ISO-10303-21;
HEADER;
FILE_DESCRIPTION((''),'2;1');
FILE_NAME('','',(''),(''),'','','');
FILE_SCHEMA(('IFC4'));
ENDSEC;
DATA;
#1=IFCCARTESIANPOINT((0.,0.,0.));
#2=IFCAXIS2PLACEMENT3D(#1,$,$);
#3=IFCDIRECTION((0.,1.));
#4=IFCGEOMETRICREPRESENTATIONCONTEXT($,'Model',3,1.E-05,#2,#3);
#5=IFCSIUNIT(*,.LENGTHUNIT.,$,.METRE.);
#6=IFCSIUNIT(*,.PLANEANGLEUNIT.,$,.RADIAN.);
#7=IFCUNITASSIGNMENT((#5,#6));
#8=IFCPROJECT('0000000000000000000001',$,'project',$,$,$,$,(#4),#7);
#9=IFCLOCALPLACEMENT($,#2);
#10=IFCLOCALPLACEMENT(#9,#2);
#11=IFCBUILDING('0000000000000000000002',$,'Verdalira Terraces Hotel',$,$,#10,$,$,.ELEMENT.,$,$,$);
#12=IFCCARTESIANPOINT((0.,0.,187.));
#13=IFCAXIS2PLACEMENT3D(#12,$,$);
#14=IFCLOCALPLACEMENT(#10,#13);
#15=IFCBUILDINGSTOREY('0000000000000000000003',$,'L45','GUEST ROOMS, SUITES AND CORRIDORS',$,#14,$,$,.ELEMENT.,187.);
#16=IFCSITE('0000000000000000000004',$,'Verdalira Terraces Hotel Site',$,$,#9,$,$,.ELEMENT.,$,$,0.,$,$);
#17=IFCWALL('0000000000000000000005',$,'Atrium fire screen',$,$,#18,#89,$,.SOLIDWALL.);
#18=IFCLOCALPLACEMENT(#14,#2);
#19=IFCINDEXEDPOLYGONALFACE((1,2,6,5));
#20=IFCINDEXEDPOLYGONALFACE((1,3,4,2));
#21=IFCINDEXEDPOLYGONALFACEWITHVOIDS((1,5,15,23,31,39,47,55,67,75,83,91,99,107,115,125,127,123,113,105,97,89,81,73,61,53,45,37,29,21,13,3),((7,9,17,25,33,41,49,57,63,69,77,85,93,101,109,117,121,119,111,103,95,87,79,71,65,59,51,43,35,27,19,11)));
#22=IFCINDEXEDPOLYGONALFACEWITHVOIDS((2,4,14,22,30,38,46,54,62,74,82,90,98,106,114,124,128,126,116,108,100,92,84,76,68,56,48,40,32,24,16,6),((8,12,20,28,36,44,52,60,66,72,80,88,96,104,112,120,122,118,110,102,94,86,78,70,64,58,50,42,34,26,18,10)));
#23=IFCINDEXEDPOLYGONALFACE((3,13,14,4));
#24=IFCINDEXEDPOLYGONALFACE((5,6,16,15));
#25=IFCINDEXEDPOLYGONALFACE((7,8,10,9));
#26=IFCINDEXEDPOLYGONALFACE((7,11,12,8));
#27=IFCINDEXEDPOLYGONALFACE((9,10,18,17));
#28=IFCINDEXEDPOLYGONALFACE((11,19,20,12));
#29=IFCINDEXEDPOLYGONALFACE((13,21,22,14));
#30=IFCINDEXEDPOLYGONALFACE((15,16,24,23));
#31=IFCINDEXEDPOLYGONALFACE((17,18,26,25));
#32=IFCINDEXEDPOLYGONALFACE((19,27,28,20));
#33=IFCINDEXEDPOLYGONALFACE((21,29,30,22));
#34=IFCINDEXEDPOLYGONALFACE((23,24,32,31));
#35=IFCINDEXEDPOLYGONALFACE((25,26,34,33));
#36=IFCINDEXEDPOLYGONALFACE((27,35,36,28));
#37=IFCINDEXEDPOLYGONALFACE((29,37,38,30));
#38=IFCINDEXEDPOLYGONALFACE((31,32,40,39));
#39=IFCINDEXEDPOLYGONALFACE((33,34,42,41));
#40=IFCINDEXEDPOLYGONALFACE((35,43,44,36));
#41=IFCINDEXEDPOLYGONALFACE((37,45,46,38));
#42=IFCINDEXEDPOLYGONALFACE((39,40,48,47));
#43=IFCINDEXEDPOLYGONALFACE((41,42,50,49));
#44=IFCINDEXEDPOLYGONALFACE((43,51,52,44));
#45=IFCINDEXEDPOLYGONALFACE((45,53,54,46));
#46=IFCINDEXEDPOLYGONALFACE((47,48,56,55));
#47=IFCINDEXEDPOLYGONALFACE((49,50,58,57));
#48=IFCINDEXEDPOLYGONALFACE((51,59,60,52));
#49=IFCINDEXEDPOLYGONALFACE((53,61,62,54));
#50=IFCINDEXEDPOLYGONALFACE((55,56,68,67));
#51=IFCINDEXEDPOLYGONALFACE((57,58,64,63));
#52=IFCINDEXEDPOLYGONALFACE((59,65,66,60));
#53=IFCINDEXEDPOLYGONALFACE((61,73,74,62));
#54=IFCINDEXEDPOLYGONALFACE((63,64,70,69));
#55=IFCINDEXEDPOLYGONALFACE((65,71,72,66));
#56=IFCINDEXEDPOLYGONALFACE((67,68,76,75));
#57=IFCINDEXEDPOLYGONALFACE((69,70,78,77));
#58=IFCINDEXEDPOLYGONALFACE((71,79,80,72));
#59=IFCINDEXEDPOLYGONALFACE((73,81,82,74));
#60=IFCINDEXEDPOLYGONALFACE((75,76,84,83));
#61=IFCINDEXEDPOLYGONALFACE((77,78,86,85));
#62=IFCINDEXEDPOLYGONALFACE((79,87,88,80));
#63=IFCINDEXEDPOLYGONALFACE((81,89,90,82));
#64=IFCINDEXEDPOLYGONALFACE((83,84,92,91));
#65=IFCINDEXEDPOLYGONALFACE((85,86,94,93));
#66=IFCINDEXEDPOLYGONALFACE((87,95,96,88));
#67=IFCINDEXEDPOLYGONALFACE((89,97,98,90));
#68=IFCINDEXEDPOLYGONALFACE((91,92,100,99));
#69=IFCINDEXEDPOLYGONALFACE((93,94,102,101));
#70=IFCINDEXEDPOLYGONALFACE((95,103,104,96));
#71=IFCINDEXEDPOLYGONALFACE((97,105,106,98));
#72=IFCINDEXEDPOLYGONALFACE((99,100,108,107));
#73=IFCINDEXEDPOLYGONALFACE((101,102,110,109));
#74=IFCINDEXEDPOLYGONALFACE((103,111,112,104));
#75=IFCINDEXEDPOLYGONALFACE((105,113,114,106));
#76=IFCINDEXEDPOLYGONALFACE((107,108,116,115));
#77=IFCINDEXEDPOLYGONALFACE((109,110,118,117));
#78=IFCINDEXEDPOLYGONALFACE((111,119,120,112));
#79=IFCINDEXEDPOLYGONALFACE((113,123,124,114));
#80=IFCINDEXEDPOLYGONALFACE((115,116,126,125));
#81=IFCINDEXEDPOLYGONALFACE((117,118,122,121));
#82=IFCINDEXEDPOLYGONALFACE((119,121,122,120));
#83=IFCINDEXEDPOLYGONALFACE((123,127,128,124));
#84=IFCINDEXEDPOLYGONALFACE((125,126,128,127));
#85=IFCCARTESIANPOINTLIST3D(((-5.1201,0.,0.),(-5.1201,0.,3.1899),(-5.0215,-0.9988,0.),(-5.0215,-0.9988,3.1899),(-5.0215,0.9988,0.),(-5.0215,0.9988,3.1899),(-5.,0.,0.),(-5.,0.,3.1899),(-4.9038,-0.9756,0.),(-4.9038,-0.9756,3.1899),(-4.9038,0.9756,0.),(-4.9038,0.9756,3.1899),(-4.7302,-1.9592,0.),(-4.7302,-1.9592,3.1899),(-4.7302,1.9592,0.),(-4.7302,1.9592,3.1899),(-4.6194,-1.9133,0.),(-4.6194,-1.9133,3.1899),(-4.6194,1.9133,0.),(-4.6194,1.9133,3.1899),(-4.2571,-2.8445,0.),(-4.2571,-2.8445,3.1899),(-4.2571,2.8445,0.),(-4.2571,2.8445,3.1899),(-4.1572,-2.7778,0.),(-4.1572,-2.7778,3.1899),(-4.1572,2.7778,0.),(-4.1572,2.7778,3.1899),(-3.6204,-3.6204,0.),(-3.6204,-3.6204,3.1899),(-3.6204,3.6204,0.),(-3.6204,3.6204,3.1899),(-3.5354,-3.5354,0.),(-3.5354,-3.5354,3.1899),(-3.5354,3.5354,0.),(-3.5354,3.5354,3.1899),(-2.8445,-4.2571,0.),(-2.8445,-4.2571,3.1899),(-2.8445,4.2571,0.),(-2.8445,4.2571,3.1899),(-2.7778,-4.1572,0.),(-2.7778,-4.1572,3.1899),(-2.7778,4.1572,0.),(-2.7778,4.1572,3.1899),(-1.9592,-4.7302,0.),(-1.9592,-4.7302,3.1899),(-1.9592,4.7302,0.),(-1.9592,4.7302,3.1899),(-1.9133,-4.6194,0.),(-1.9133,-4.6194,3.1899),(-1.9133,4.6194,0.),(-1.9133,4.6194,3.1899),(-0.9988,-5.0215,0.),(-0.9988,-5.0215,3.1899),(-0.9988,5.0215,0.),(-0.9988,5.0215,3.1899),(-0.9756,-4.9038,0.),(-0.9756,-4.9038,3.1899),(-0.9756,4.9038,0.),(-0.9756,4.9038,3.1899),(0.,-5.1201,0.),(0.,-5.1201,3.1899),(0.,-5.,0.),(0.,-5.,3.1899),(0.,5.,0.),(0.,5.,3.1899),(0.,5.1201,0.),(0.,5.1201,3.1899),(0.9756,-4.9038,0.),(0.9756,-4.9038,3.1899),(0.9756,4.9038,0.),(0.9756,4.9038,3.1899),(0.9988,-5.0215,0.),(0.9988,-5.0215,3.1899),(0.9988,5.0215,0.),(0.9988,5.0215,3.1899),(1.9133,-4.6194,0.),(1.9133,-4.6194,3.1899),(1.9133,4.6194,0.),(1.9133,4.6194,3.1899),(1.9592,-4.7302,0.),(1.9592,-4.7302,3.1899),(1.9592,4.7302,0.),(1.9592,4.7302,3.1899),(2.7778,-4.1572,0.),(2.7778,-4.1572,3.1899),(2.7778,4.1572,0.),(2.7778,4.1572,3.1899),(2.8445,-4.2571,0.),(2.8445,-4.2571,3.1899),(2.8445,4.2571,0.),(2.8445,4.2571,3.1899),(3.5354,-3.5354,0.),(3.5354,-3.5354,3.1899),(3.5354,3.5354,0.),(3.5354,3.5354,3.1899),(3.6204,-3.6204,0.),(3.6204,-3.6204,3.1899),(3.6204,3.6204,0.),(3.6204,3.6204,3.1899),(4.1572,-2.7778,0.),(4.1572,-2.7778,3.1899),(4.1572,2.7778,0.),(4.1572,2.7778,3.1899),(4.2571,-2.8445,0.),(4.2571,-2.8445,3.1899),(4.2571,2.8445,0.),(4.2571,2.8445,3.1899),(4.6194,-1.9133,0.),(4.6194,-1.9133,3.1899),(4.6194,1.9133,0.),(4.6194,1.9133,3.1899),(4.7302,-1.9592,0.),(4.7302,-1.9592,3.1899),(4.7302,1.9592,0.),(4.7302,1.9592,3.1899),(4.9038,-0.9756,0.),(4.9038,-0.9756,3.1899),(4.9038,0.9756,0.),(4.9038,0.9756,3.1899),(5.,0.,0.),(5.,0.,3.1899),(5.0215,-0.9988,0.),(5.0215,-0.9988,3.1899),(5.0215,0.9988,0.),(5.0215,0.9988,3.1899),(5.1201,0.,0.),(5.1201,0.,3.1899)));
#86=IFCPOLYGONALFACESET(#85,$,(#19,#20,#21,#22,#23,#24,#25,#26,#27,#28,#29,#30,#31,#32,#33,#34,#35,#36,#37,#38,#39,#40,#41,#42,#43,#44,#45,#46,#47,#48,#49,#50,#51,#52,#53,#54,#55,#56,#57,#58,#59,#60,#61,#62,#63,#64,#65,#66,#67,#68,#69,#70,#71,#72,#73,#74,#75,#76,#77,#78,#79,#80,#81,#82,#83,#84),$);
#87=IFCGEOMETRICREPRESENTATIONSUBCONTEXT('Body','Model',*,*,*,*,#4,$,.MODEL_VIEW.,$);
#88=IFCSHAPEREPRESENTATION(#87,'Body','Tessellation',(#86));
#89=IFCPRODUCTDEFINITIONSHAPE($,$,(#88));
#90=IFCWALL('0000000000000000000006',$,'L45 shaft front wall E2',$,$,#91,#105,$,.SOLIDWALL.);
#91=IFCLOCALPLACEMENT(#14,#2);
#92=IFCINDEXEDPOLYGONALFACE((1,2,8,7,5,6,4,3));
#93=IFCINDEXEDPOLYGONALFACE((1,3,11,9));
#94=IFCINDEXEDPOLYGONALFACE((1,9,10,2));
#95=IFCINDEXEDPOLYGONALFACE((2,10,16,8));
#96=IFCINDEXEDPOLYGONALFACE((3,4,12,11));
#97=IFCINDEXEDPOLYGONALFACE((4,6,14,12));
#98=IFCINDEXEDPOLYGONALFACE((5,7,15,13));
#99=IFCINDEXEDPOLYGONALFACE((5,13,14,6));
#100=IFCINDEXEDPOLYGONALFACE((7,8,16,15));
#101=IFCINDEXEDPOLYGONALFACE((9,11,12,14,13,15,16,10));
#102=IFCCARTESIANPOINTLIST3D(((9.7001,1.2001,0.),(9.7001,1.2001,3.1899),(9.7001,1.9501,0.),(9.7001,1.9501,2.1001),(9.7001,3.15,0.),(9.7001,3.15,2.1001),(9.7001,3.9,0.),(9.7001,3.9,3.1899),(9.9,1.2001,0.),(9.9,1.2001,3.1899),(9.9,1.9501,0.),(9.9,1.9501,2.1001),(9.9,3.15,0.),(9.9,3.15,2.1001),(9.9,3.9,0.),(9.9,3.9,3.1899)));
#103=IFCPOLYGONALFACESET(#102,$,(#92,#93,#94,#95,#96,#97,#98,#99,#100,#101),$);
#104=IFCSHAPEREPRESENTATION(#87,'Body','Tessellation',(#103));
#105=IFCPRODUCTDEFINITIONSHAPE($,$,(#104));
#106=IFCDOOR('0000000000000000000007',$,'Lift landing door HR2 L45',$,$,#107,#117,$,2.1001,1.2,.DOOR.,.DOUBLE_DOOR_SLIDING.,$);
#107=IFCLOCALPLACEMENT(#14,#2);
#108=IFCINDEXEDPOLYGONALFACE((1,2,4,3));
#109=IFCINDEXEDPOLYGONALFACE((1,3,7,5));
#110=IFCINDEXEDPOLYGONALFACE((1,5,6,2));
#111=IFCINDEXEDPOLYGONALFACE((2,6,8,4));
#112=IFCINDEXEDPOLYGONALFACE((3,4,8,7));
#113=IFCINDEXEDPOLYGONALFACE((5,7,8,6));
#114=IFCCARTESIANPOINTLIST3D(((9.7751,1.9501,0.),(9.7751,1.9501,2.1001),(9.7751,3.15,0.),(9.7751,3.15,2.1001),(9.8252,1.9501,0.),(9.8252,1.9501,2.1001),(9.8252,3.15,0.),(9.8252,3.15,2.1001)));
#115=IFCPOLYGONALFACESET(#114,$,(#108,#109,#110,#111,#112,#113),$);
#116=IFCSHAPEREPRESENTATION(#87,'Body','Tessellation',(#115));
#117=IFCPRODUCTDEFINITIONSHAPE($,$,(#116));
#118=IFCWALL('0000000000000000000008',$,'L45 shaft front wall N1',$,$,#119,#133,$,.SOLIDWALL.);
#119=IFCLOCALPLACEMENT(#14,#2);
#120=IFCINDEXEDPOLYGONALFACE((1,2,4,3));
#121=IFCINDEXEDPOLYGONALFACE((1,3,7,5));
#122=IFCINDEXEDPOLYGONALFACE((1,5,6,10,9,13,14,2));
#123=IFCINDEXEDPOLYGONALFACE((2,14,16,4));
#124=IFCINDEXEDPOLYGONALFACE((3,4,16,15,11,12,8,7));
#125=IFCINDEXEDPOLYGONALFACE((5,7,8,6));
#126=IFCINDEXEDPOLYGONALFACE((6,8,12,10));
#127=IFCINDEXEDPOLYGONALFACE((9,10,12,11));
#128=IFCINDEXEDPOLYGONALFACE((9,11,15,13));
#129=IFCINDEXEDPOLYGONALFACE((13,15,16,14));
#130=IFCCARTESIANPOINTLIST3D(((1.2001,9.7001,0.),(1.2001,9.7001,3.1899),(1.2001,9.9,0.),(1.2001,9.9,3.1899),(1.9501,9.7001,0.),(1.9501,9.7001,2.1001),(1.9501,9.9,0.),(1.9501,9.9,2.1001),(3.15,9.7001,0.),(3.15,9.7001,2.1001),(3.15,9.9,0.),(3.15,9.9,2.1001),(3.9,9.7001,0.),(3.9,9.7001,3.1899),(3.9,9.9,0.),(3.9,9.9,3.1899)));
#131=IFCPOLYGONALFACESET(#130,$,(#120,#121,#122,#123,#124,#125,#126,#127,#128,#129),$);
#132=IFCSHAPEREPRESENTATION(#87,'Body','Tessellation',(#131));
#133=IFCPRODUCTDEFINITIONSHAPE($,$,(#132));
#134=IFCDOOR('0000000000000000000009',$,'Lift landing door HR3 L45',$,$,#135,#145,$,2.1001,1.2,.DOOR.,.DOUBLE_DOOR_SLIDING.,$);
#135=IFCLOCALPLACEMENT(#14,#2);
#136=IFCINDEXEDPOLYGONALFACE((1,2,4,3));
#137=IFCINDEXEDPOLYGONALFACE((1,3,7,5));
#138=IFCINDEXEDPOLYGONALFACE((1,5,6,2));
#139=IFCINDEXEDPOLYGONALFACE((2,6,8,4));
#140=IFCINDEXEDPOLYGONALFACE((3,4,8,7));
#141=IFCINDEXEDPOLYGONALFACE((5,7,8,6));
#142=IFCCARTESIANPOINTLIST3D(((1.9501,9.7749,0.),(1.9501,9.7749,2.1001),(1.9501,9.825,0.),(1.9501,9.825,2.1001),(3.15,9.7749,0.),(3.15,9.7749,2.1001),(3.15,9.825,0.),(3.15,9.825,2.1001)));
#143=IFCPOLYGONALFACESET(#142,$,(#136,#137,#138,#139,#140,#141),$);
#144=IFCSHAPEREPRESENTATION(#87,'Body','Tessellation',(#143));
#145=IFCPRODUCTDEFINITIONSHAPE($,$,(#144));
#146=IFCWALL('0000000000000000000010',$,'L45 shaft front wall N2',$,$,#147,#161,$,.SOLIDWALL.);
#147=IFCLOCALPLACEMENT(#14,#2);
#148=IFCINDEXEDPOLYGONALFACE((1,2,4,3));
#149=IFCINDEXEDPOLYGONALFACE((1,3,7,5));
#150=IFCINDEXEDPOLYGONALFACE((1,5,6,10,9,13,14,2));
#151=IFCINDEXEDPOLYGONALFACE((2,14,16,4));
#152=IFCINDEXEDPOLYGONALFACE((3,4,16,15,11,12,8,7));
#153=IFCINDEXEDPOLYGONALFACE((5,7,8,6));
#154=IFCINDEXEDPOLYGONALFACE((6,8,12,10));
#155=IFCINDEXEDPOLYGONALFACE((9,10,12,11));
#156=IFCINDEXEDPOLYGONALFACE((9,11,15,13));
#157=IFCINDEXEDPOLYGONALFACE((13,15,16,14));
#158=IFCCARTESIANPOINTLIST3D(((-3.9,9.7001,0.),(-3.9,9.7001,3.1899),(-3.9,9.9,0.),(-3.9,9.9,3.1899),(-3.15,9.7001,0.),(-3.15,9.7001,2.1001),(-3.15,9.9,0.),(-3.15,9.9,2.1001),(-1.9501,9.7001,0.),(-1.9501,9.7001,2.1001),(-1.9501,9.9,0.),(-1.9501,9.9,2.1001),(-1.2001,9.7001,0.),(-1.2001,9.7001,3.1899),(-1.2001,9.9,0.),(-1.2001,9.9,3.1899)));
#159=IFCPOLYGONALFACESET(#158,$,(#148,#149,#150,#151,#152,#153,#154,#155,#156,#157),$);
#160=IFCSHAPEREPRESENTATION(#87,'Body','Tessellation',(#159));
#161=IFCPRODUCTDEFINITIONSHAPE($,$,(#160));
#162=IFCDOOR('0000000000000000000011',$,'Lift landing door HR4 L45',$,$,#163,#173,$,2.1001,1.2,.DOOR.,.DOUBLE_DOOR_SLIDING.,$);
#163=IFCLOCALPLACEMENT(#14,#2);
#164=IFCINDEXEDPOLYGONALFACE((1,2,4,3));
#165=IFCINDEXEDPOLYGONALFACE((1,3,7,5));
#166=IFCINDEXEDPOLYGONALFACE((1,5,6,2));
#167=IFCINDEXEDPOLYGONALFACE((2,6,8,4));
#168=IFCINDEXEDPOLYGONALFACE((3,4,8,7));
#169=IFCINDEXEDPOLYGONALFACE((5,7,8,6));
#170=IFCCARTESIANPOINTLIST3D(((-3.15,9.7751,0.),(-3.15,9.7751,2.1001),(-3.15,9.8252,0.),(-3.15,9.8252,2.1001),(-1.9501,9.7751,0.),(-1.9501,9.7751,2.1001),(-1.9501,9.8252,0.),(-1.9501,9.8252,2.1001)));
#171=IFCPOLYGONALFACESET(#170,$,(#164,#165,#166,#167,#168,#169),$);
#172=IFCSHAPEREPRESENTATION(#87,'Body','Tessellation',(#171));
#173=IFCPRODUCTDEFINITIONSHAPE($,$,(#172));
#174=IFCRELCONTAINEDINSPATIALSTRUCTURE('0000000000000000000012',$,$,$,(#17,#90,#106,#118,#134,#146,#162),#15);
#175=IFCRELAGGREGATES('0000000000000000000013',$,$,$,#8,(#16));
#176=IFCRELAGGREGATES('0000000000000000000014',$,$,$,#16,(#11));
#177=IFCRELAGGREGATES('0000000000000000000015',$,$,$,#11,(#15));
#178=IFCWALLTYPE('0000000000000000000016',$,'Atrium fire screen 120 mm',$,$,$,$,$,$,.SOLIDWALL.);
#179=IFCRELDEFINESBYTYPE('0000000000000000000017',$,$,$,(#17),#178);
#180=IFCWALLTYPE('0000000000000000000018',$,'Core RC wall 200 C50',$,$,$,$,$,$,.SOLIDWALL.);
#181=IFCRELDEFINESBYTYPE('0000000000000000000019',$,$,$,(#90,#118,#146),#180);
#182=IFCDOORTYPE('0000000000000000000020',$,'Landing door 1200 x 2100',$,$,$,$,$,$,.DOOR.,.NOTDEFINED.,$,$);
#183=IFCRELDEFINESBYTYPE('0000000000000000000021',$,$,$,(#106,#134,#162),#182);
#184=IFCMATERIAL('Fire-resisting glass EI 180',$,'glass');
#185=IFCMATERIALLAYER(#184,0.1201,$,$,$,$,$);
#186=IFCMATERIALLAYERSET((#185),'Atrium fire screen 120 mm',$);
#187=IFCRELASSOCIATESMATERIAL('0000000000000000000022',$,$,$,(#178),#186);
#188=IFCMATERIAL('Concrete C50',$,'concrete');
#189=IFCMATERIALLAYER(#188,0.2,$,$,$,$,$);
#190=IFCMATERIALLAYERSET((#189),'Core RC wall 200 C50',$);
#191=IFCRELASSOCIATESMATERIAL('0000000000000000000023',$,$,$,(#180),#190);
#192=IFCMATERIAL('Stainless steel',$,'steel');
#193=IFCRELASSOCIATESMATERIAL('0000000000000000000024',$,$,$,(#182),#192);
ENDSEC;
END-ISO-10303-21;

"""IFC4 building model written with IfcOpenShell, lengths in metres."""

from ifc_helpers import new_model, si_unit, direction, frame, frame_2d, origin, place, context, subcontext, project, spatial, polyline, rectangle, outline, extrude, material, layer, layer_set, type_object, element, fill, save


model = new_model("IFC4")

# Units and contexts
model_context = context("Model", 3, precision=1e-05, world=origin(), true_north=direction((0.0, 1.0)))
body_context = subcontext(model_context, "Body", "Model", "MODEL_VIEW")
ifc_project = project(units=[si_unit("LENGTHUNIT", "METRE"), si_unit("PLANEANGLEUNIT", "RADIAN")], contexts=[model_context])

# Site, building, storey
site_placement = place(None, origin())
site = spatial("IfcSite", under=ifc_project, at=site_placement, Name="Verdalira Terraces Hotel Site", CompositionType="ELEMENT", RefElevation=0.0)
building_placement = place(site_placement, origin())
building = spatial("IfcBuilding", under=site, at=building_placement, Name="Verdalira Terraces Hotel", CompositionType="ELEMENT")
storey_placement = place(building_placement, frame((0.0, 0.0, 187.0)))
storey = spatial("IfcBuildingStorey", under=building, at=storey_placement, Name="L45", Description="GUEST ROOMS, SUITES AND CORRIDORS", CompositionType="ELEMENT", Elevation=187.0)

# Wall
ifc_material_1 = material(Name="Fire-resisting glass EI 180", Category="glass")
ifc_layer_1 = layer(ifc_material_1, 0.1201)
ifc_layer_set_1 = layer_set([ifc_layer_1], Name="Atrium fire screen 120 mm")
wall_type_1 = type_object("IfcWallType", Name="Atrium fire screen 120 mm", PredefinedType="SOLIDWALL", material=ifc_layer_set_1)
wall_1_placement = place(storey_placement, origin())
element("IfcWall", 1, at=wall_1_placement, inside=storey, type_object=wall_type_1, Name="Atrium fire screen", PredefinedType="SOLIDWALL", context=body_context, shape_type="SweptSolid", body=[
    extrude(outline(polyline([(5.0215, -0.9988), (4.7302, -1.9592), (4.2571, -2.8445), (3.6204, -3.6204), (2.8445, -4.2571), (1.9592, -4.7302), (0.9988, -5.0215), (0.0, -5.1201), (-0.9988, -5.0215), (-1.9592, -4.7302), (-2.8445, -4.2571), (-3.6204, -3.6204), (-4.2571, -2.8445), (-4.7302, -1.9592), (-5.0215, -0.9988), (-5.1201, 0.0), (-5.0215, 0.9988), (-4.7302, 1.9592), (-4.2571, 2.8445), (-3.6204, 3.6204), (-2.8445, 4.2571), (-1.9592, 4.7302), (-0.9988, 5.0215), (0.0, 5.1201), (0.9988, 5.0215), (1.9592, 4.7302), (2.8445, 4.2571), (3.6204, 3.6204), (4.2571, 2.8445), (4.7302, 1.9592), (5.0215, 0.9988), (5.1201, 0.0), (5.0215, -0.9988)]), holes=[polyline([(4.9038, 0.9756), (4.6194, 1.9133), (4.1572, 2.7778), (3.5354, 3.5354), (2.7778, 4.1572), (1.9133, 4.6194), (0.9756, 4.9038), (0.0, 5.0), (-0.9756, 4.9038), (-1.9133, 4.6194), (-2.7778, 4.1572), (-3.5354, 3.5354), (-4.1572, 2.7778), (-4.6194, 1.9133), (-4.9038, 0.9756), (-5.0, 0.0), (-4.9038, -0.9756), (-4.6194, -1.9133), (-4.1572, -2.7778), (-3.5354, -3.5354), (-2.7778, -4.1572), (-1.9133, -4.6194), (-0.9756, -4.9038), (0.0, -5.0), (0.9756, -4.9038), (1.9133, -4.6194), (2.7778, -4.1572), (3.5354, -3.5354), (4.1572, -2.7778), (4.6194, -1.9133), (4.9038, -0.9756), (5.0, 0.0), (4.9038, 0.9756)])]), origin(), (0.0, 0.0, 1.0), 3.1899),
])

# Walls, openings, doors
ifc_material_2 = material(Name="Concrete C50", Category="concrete")
ifc_layer_2 = layer(ifc_material_2, 0.2)
ifc_layer_set_2 = layer_set([ifc_layer_2], Name="Core RC wall 200 C50")
wall_type_2 = type_object("IfcWallType", Name="Core RC wall 200 C50", PredefinedType="SOLIDWALL", material=ifc_layer_set_2)
wall_2_placement = place(storey_placement, frame((9.8, 1.2, 0.0), z_axis=(0.0, 0.0, 1.0), x_axis=(0.0, 1.0, 0.0)))
wall_2 = element("IfcWall", 2, at=wall_2_placement, inside=storey, type_object=wall_type_2, Name="L45 shaft front wall E2", PredefinedType="SOLIDWALL", context=body_context, shape_type="SweptSolid", body=[
    extrude(rectangle(XDim=2.7, YDim=0.2, at=frame_2d((1.3501, 0.0))), origin(), (0.0, 0.0, 1.0), 3.1899),
])
opening_1_placement = place(wall_2_placement, frame((0.75, 0.0, 0.0)))
opening_1 = element("IfcOpeningElement", 3, at=opening_1_placement, cuts=wall_2, PredefinedType="OPENING", context=body_context, shape_type="SweptSolid", body=[
    extrude(rectangle(XDim=1.2, YDim=2.1001, at=frame_2d((0.6001, 1.05))), frame((0.0, 0.1099, 0.0), z_axis=(0.0, -1.0, 0.0), x_axis=(1.0, 0.0, 0.0)), (0.0, 0.0, 1.0), 0.22),
])
ifc_material_3 = material(Name="Stainless steel", Category="steel")
door_type_1 = type_object("IfcDoorType", Name="Landing door 1200 x 2100", OperationType="NOTDEFINED", PredefinedType="DOOR", material=ifc_material_3)
door_1_placement = place(opening_1_placement, origin())
door_1 = element("IfcDoor", 4, at=door_1_placement, inside=storey, type_object=door_type_1, Name="Lift landing door HR2 L45", OperationType="DOUBLE_DOOR_SLIDING", OverallHeight=2.1001, OverallWidth=1.2, PredefinedType="DOOR", context=body_context, shape_type="SweptSolid", body=[
    extrude(rectangle(XDim=1.2, YDim=2.1001, at=frame_2d((0.6001, 1.05))), frame((0.0, 0.0249, 0.0), z_axis=(0.0, -1.0, 0.0), x_axis=(1.0, 0.0, 0.0)), (0.0, 0.0, 1.0), 0.05),
])
fill(opening_1, door_1)
wall_3_placement = place(storey_placement, frame((1.2, 9.8, 0.0), z_axis=(0.0, 0.0, 1.0), x_axis=(1.0, 0.0, 0.0)))
wall_3 = element("IfcWall", 5, at=wall_3_placement, inside=storey, type_object=wall_type_2, Name="L45 shaft front wall N1", PredefinedType="SOLIDWALL", context=body_context, shape_type="SweptSolid", body=[
    extrude(rectangle(XDim=2.7, YDim=0.2, at=frame_2d((1.3501, 0.0))), origin(), (0.0, 0.0, 1.0), 3.1899),
])
opening_2_placement = place(wall_3_placement, frame((0.75, 0.0, 0.0)))
opening_2 = element("IfcOpeningElement", 6, at=opening_2_placement, cuts=wall_3, PredefinedType="OPENING", context=body_context, shape_type="SweptSolid", body=[
    extrude(rectangle(XDim=1.2, YDim=2.1001, at=frame_2d((0.6001, 1.05))), frame((0.0, 0.1099, 0.0), z_axis=(0.0, -1.0, 0.0), x_axis=(1.0, 0.0, 0.0)), (0.0, 0.0, 1.0), 0.22),
])
door_2_placement = place(opening_2_placement, origin())
door_2 = element("IfcDoor", 7, at=door_2_placement, inside=storey, type_object=door_type_1, Name="Lift landing door HR3 L45", OperationType="DOUBLE_DOOR_SLIDING", OverallHeight=2.1001, OverallWidth=1.2, PredefinedType="DOOR", context=body_context, shape_type="SweptSolid", body=[
    extrude(rectangle(XDim=1.2, YDim=2.1001, at=frame_2d((0.6001, 1.05))), frame((0.0, 0.0249, 0.0), z_axis=(0.0, -1.0, 0.0), x_axis=(1.0, 0.0, 0.0)), (0.0, 0.0, 1.0), 0.05),
])
fill(opening_2, door_2)
wall_4_placement = place(storey_placement, frame((-1.2, 9.8, 0.0), z_axis=(0.0, 0.0, 1.0), x_axis=(-1.0, 0.0, 0.0)))
wall_4 = element("IfcWall", 8, at=wall_4_placement, inside=storey, type_object=wall_type_2, Name="L45 shaft front wall N2", PredefinedType="SOLIDWALL", context=body_context, shape_type="SweptSolid", body=[
    extrude(rectangle(XDim=2.7, YDim=0.2, at=frame_2d((1.3501, 0.0))), origin(), (0.0, 0.0, 1.0), 3.1899),
])
opening_3_placement = place(wall_4_placement, frame((0.75, 0.0, 0.0)))
opening_3 = element("IfcOpeningElement", 9, at=opening_3_placement, cuts=wall_4, PredefinedType="OPENING", context=body_context, shape_type="SweptSolid", body=[
    extrude(rectangle(XDim=1.2, YDim=2.1001, at=frame_2d((0.6001, 1.05))), frame((0.0, 0.1099, 0.0), z_axis=(0.0, -1.0, 0.0), x_axis=(1.0, 0.0, 0.0)), (0.0, 0.0, 1.0), 0.22),
])
door_3_placement = place(opening_3_placement, origin())
door_3 = element("IfcDoor", 10, at=door_3_placement, inside=storey, type_object=door_type_1, Name="Lift landing door HR4 L45", OperationType="DOUBLE_DOOR_SLIDING", OverallHeight=2.1001, OverallWidth=1.2, PredefinedType="DOOR", context=body_context, shape_type="SweptSolid", body=[
    extrude(rectangle(XDim=1.2, YDim=2.1001, at=frame_2d((0.6001, 1.05))), frame((0.0, 0.0249, 0.0), z_axis=(0.0, -1.0, 0.0), x_axis=(1.0, 0.0, 0.0)), (0.0, 0.0, 1.0), 0.05),
])
fill(opening_3, door_3)

save(model, "model.ifc")
